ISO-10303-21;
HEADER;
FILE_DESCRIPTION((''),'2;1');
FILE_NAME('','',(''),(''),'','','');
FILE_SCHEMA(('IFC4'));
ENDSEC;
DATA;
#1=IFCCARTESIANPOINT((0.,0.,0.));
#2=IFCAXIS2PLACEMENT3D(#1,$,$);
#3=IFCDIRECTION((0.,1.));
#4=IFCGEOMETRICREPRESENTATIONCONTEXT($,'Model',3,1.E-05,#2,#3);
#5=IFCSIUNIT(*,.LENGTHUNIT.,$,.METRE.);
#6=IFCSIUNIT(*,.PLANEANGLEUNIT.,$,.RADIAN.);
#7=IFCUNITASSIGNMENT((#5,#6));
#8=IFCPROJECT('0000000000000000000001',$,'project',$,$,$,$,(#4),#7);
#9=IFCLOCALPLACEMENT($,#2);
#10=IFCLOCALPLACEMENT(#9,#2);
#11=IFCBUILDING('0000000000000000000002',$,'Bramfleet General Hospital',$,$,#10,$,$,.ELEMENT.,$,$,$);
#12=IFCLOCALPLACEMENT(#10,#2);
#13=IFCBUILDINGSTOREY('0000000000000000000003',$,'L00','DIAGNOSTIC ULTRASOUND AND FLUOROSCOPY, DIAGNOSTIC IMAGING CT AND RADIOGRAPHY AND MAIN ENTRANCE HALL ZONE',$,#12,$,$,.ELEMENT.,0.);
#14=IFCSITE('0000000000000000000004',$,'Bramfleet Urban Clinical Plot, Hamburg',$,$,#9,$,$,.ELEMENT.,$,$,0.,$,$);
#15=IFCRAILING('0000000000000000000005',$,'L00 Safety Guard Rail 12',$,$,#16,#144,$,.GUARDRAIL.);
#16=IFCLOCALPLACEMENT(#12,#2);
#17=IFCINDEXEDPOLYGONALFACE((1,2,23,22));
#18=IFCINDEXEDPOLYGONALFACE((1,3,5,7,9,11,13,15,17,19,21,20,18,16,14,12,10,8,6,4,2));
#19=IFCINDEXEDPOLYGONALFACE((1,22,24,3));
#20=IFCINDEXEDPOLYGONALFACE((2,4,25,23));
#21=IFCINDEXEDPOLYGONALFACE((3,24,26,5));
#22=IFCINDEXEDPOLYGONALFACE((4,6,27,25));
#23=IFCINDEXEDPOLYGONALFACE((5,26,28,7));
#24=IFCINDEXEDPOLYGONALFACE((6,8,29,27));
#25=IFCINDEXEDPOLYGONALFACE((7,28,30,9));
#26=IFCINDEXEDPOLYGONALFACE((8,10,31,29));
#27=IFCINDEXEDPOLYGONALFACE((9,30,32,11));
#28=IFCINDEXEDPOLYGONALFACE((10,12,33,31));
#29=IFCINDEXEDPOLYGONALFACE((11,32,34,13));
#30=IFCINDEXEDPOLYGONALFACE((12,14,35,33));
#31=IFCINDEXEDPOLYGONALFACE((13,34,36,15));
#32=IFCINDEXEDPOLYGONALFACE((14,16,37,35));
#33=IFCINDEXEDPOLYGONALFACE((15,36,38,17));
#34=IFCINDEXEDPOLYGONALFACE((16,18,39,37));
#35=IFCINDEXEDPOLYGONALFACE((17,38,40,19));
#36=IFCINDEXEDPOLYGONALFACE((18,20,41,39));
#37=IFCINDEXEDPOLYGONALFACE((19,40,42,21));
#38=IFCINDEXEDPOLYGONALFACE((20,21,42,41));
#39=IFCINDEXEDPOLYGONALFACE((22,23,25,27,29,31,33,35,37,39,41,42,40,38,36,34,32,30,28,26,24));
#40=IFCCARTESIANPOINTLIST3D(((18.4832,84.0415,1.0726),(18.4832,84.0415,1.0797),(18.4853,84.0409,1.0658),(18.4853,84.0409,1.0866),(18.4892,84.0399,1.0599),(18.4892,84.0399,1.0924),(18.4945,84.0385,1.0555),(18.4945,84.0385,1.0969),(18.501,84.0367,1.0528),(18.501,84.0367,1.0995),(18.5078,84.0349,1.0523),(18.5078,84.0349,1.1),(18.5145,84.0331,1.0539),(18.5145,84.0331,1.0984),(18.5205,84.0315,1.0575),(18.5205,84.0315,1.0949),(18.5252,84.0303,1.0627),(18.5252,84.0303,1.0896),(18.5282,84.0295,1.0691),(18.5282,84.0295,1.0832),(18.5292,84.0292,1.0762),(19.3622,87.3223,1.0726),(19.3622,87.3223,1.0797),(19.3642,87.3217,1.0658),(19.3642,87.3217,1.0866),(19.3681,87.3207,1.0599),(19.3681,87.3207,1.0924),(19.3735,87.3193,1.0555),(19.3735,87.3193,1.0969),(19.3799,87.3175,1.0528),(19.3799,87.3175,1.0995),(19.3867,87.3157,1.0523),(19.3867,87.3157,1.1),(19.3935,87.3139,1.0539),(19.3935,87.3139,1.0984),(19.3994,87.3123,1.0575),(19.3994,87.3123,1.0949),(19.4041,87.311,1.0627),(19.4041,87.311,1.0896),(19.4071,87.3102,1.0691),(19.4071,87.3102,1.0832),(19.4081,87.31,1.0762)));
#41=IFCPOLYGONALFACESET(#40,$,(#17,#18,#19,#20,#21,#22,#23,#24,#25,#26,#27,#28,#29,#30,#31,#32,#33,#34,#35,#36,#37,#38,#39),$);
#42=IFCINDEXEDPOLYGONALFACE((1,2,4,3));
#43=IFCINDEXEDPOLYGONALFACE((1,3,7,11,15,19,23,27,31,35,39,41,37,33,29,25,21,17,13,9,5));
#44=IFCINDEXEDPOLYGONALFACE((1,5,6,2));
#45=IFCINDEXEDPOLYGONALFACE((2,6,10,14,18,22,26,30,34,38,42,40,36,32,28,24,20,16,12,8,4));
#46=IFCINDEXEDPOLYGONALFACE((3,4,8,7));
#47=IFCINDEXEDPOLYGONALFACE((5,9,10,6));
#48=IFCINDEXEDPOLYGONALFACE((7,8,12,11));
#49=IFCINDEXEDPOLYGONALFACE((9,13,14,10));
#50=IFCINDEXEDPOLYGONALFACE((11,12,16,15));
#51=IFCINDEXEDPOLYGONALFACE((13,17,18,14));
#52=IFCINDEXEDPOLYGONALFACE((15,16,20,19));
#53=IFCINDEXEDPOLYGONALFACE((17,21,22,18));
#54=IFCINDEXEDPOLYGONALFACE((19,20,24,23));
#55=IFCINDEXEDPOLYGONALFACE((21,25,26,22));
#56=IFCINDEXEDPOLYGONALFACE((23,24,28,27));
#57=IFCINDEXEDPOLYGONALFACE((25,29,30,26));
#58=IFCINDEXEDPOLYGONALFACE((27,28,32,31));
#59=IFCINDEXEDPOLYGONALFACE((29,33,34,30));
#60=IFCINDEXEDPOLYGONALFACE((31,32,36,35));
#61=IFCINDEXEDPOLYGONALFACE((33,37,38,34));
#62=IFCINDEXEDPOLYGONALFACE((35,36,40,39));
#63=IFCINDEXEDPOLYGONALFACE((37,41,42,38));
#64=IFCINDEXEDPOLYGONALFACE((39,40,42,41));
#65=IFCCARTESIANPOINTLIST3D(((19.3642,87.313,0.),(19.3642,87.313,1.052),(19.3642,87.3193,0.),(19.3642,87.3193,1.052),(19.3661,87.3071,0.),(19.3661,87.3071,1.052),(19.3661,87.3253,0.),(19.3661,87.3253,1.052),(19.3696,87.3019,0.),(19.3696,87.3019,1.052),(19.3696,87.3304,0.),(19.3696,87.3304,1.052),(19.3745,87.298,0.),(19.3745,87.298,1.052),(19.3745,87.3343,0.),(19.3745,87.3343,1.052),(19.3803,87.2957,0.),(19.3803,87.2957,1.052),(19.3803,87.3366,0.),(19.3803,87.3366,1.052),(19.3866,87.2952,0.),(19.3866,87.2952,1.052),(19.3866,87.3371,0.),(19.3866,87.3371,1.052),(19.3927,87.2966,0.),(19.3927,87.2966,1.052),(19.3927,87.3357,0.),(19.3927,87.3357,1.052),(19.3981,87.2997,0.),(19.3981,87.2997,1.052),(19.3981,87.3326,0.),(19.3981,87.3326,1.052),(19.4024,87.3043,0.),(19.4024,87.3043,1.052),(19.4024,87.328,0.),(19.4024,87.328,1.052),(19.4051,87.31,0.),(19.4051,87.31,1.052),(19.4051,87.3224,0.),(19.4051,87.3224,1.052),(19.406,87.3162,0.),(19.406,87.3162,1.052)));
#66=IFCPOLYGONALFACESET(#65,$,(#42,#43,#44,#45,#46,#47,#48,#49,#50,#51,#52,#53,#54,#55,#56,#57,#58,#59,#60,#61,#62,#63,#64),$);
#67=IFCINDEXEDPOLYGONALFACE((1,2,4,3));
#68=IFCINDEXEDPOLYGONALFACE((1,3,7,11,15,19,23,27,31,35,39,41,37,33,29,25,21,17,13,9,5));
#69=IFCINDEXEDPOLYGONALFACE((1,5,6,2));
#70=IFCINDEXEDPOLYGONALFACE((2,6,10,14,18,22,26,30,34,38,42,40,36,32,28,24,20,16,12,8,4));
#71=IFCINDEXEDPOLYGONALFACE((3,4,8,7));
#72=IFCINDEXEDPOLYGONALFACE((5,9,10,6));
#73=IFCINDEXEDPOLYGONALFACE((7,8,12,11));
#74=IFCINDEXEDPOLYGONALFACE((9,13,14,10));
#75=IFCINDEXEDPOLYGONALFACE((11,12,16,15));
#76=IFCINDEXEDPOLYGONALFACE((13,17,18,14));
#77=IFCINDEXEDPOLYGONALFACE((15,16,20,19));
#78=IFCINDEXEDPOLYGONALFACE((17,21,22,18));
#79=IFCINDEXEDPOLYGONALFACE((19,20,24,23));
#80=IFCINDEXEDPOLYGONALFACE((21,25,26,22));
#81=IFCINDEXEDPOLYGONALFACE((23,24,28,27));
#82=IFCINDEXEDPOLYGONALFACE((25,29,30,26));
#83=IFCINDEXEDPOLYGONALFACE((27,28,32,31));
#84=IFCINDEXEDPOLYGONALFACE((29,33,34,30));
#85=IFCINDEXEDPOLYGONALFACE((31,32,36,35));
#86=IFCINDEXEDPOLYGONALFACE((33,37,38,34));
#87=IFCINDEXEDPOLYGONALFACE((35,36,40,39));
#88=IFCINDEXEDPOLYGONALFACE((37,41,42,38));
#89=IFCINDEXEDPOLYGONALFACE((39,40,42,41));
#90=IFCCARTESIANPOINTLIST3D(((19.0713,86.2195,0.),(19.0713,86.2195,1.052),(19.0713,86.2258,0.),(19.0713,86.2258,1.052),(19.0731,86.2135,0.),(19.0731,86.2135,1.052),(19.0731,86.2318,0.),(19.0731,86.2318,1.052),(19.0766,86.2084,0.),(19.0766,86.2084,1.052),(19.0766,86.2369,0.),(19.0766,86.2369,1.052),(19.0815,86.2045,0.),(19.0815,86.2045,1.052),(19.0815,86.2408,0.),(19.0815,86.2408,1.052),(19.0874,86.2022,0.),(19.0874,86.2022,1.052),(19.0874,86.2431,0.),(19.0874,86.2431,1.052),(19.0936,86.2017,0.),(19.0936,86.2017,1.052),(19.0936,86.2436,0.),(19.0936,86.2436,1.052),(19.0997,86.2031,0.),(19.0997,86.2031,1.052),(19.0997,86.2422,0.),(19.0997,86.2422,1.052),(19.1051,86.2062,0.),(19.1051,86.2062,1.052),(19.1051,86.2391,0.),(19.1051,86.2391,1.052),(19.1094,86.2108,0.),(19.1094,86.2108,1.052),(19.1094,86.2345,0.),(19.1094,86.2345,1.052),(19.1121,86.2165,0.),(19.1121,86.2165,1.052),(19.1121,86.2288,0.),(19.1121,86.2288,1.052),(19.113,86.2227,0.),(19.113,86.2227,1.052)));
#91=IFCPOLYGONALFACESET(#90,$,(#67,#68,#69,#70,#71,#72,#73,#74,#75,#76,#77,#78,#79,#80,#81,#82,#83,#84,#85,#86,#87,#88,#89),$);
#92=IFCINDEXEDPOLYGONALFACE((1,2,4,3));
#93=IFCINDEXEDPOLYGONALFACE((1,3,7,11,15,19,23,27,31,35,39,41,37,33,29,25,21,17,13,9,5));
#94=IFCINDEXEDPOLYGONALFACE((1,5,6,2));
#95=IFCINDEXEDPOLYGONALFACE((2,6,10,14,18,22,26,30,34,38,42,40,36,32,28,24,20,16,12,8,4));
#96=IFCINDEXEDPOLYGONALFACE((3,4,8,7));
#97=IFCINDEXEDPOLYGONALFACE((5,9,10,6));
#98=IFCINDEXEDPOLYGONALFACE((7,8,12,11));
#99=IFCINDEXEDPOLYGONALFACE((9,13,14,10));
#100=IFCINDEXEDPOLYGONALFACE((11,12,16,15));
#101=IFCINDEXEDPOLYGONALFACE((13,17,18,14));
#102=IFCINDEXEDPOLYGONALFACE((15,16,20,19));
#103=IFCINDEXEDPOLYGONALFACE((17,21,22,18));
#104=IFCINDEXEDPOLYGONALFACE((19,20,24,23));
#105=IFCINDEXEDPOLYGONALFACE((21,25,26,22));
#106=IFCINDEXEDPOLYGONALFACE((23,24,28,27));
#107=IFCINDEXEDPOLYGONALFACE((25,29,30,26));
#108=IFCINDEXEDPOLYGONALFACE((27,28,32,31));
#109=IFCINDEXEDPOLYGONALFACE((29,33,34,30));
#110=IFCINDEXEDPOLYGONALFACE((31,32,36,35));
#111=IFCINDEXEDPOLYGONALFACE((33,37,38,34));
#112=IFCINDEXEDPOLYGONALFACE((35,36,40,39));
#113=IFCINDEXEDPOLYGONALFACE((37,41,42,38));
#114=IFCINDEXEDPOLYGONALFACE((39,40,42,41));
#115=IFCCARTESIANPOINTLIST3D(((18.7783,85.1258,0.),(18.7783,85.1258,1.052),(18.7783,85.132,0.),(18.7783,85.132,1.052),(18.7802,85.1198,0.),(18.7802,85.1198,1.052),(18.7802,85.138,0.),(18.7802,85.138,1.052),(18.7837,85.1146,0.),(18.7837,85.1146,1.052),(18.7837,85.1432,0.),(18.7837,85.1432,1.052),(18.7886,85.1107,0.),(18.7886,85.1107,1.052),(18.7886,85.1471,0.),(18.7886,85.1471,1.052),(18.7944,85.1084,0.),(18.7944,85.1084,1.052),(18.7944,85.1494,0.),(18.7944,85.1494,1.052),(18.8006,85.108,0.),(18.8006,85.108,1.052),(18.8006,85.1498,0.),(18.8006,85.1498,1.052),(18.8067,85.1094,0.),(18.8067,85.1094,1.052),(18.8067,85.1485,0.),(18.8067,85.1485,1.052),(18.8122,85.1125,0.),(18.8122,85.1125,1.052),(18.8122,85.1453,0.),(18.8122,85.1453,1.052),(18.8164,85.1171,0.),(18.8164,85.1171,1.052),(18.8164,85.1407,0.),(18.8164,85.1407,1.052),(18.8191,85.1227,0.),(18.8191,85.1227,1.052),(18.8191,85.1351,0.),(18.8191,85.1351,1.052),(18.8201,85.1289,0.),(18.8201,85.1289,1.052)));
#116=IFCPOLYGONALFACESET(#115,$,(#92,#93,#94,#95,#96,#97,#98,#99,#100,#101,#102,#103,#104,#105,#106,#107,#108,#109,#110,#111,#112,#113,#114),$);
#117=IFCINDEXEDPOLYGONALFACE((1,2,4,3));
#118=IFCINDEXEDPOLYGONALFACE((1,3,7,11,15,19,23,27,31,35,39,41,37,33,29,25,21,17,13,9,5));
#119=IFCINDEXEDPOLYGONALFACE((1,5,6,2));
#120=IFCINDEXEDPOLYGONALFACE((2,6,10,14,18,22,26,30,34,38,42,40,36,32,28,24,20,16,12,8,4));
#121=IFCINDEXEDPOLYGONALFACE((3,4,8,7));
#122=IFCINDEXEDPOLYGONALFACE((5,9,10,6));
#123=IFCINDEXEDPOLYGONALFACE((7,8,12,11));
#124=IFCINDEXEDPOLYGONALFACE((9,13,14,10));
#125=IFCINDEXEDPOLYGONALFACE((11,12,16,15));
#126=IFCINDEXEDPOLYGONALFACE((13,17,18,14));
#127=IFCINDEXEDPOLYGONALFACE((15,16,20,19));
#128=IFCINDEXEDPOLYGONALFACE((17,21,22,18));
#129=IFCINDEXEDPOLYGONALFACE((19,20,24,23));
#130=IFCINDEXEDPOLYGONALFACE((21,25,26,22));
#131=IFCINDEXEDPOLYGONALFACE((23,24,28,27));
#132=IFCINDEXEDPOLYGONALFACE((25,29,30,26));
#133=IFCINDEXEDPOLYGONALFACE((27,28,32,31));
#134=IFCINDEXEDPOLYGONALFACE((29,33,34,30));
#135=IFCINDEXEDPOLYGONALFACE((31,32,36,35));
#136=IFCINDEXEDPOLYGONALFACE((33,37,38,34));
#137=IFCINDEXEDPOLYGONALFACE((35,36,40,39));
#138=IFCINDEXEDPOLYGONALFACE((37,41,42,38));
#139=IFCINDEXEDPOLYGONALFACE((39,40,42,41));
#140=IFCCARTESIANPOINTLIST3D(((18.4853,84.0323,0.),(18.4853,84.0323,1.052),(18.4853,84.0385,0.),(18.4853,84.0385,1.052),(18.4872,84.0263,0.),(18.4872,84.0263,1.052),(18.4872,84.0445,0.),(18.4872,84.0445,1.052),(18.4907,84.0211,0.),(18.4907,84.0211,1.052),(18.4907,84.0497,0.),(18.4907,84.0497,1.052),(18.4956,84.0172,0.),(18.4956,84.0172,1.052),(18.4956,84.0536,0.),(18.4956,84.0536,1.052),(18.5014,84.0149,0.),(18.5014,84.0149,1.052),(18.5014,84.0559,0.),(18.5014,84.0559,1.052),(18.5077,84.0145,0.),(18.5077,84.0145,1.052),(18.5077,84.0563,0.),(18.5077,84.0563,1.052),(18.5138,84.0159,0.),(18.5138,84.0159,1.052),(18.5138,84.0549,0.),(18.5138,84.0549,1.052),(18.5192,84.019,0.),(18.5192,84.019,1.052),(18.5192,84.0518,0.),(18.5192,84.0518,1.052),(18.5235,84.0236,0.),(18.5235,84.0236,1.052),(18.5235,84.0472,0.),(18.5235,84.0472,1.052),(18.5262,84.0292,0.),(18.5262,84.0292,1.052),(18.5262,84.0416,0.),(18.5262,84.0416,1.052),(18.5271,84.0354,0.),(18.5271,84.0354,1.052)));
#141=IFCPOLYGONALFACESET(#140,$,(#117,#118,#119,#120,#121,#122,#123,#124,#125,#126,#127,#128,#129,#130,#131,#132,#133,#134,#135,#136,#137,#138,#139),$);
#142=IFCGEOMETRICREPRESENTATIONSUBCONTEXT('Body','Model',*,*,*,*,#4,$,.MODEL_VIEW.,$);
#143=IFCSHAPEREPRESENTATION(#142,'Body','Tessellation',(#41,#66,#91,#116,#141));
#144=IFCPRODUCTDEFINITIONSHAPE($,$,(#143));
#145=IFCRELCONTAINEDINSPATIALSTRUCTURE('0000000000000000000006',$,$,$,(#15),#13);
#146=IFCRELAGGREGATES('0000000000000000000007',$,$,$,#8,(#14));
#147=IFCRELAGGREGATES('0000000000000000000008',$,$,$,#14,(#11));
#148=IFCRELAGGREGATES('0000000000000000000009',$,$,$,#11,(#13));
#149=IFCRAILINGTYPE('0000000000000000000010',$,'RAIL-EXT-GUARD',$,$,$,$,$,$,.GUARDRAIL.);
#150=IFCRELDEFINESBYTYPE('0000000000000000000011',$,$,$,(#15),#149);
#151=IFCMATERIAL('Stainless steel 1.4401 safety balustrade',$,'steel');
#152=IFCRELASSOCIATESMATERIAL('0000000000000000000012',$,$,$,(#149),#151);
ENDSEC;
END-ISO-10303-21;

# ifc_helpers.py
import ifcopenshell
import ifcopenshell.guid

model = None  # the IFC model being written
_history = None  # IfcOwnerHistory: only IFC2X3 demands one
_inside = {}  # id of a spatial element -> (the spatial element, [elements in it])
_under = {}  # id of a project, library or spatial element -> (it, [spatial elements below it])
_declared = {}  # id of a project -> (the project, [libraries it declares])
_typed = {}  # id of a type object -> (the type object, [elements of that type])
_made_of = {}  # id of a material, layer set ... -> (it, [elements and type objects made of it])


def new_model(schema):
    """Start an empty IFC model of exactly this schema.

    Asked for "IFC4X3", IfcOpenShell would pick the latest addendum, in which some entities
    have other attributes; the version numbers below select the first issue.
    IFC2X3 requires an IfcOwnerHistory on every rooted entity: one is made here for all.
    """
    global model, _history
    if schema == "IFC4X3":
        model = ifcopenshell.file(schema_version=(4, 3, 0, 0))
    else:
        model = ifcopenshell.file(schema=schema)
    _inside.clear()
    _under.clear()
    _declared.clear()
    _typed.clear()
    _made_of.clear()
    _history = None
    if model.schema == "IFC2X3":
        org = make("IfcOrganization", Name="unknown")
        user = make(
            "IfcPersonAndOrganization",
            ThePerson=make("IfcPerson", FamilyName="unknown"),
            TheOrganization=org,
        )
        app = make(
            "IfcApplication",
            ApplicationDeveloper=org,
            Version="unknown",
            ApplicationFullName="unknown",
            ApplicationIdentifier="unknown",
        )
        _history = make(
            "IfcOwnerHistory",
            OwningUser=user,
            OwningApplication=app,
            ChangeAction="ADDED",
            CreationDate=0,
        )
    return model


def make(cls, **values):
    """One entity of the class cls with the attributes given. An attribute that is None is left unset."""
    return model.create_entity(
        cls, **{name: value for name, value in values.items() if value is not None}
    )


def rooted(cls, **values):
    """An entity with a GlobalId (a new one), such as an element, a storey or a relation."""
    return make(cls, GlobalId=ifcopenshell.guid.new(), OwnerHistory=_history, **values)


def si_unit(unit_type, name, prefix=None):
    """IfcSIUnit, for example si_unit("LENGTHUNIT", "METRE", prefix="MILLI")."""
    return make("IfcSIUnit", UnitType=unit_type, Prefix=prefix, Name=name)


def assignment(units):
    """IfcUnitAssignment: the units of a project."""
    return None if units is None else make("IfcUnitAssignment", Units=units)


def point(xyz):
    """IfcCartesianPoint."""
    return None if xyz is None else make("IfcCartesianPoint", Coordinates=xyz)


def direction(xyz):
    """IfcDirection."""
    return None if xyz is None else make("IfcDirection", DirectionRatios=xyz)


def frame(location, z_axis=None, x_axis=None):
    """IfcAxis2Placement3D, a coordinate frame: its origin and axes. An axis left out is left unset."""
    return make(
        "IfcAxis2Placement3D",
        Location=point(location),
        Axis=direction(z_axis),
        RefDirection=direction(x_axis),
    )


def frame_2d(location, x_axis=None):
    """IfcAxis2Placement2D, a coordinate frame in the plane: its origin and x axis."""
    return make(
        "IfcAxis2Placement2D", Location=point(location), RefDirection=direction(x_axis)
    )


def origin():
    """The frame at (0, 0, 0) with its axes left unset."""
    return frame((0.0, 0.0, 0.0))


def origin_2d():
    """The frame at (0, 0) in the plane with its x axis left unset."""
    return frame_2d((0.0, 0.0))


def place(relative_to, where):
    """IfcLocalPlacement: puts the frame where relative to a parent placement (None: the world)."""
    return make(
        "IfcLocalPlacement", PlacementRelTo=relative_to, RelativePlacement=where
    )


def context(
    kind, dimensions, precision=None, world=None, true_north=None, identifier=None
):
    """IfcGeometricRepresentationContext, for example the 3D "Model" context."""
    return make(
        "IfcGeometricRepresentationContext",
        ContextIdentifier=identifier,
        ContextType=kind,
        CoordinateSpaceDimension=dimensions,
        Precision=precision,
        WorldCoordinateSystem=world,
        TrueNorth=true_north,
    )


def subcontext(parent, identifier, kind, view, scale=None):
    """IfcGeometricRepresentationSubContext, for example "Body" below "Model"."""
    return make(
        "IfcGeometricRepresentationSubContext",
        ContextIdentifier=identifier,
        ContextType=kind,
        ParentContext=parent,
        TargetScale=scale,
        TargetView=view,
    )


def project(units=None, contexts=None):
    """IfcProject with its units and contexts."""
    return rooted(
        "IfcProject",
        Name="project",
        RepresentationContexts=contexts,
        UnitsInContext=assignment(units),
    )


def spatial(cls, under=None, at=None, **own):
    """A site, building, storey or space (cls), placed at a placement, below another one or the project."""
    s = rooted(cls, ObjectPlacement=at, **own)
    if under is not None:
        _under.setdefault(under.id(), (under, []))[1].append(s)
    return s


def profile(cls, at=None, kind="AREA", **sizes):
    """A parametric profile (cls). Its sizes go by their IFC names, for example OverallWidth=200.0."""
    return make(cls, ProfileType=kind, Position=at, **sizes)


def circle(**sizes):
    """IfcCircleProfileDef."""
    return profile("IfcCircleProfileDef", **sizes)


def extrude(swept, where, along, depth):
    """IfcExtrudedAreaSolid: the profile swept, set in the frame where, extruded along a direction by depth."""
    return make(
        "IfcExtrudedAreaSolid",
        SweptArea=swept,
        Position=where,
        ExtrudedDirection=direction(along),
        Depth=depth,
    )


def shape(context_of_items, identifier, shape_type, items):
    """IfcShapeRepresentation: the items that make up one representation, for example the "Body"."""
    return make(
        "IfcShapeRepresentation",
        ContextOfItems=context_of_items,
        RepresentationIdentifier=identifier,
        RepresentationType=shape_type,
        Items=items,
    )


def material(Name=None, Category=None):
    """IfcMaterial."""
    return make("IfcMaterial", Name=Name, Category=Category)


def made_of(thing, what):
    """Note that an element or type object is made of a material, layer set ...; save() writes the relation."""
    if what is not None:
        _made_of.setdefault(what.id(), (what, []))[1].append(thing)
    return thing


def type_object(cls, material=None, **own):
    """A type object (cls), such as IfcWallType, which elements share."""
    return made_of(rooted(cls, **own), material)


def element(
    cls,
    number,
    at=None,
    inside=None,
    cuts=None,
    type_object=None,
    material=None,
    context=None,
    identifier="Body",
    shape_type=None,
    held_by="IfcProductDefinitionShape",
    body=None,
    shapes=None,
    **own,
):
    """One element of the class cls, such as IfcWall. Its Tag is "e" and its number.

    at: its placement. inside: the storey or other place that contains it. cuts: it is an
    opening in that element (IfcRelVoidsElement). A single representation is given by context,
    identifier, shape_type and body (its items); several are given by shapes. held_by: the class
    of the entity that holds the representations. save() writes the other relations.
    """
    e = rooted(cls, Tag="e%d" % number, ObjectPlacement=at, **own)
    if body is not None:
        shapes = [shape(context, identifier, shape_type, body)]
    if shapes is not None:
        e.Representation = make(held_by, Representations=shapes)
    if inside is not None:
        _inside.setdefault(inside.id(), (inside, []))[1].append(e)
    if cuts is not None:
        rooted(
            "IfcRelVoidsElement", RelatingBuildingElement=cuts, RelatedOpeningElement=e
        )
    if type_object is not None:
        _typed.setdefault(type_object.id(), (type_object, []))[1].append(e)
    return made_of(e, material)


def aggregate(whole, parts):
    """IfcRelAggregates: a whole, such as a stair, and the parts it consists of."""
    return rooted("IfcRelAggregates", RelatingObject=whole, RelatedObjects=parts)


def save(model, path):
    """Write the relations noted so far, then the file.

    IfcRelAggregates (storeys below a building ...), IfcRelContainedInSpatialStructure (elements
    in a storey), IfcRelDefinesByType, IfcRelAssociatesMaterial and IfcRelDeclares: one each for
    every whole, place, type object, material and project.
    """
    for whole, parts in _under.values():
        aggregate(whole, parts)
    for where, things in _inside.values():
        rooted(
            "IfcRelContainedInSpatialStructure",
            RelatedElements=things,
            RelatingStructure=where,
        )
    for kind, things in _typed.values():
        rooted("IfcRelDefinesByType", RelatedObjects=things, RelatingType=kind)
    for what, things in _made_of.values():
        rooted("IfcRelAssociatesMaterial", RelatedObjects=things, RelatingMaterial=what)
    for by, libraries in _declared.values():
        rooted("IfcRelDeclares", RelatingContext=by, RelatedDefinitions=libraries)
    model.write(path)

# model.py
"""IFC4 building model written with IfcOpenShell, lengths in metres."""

from ifc_helpers import new_model, si_unit, direction, frame, origin, origin_2d, place, context, subcontext, project, spatial, circle, extrude, material, type_object, element, save


model = new_model("IFC4")

# Units and contexts
model_context = context("Model", 3, precision=1e-05, world=origin(), true_north=direction((0.0, 1.0)))
body_context = subcontext(model_context, "Body", "Model", "MODEL_VIEW")
ifc_project = project(units=[si_unit("LENGTHUNIT", "METRE"), si_unit("PLANEANGLEUNIT", "RADIAN")], contexts=[model_context])

# Site, building, storey
site_placement = place(None, origin())
site = spatial("IfcSite", under=ifc_project, at=site_placement, Name="Bramfleet Urban Clinical Plot, Hamburg", CompositionType="ELEMENT", RefElevation=0.0)
building_placement = place(site_placement, origin())
building = spatial("IfcBuilding", under=site, at=building_placement, Name="Bramfleet General Hospital", CompositionType="ELEMENT")
storey_placement = place(building_placement, origin())
storey = spatial("IfcBuildingStorey", under=building, at=storey_placement, Name="L00", Description="DIAGNOSTIC ULTRASOUND AND FLUOROSCOPY, DIAGNOSTIC IMAGING CT AND RADIOGRAPHY AND MAIN ENTRANCE HALL ZONE", CompositionType="ELEMENT", Elevation=0.0)

# Railing
ifc_material_1 = material(Name="Stainless steel 1.4401 safety balustrade", Category="steel")
railing_type = type_object("IfcRailingType", Name="RAIL-EXT-GUARD", PredefinedType="GUARDRAIL", material=ifc_material_1)
railing_1_placement = place(storey_placement, frame((19.385, 87.3162, 0.0)))
element("IfcRailing", 1, at=railing_1_placement, inside=storey, type_object=railing_type, Name="L00 Safety Guard Rail 12", PredefinedType="GUARDRAIL", context=body_context, shape_type="SweptSolid", body=[
    extrude(circle(Radius=0.0239, at=origin_2d()), frame((0.0, 0.0, 1.0762), z_axis=(-0.258772, -0.965938, 0.0), x_axis=(0.965938, -0.258772, 0.0)), (0.0, 0.0, 1.0), 3.3965),
    extrude(circle(Radius=0.021, at=origin_2d()), origin(), (0.0, 0.0, 1.0), 1.052),
    extrude(circle(Radius=0.021, at=origin_2d()), frame((-0.293, -1.0935, 0.0)), (0.0, 0.0, 1.0), 1.052),
    extrude(circle(Radius=0.021, at=origin_2d()), frame((-0.5859, -2.1873, 0.0)), (0.0, 0.0, 1.0), 1.052),
    extrude(circle(Radius=0.021, at=origin_2d()), frame((-0.8789, -3.2808, 0.0)), (0.0, 0.0, 1.0), 1.052),
])

save(model, "model.ifc")
